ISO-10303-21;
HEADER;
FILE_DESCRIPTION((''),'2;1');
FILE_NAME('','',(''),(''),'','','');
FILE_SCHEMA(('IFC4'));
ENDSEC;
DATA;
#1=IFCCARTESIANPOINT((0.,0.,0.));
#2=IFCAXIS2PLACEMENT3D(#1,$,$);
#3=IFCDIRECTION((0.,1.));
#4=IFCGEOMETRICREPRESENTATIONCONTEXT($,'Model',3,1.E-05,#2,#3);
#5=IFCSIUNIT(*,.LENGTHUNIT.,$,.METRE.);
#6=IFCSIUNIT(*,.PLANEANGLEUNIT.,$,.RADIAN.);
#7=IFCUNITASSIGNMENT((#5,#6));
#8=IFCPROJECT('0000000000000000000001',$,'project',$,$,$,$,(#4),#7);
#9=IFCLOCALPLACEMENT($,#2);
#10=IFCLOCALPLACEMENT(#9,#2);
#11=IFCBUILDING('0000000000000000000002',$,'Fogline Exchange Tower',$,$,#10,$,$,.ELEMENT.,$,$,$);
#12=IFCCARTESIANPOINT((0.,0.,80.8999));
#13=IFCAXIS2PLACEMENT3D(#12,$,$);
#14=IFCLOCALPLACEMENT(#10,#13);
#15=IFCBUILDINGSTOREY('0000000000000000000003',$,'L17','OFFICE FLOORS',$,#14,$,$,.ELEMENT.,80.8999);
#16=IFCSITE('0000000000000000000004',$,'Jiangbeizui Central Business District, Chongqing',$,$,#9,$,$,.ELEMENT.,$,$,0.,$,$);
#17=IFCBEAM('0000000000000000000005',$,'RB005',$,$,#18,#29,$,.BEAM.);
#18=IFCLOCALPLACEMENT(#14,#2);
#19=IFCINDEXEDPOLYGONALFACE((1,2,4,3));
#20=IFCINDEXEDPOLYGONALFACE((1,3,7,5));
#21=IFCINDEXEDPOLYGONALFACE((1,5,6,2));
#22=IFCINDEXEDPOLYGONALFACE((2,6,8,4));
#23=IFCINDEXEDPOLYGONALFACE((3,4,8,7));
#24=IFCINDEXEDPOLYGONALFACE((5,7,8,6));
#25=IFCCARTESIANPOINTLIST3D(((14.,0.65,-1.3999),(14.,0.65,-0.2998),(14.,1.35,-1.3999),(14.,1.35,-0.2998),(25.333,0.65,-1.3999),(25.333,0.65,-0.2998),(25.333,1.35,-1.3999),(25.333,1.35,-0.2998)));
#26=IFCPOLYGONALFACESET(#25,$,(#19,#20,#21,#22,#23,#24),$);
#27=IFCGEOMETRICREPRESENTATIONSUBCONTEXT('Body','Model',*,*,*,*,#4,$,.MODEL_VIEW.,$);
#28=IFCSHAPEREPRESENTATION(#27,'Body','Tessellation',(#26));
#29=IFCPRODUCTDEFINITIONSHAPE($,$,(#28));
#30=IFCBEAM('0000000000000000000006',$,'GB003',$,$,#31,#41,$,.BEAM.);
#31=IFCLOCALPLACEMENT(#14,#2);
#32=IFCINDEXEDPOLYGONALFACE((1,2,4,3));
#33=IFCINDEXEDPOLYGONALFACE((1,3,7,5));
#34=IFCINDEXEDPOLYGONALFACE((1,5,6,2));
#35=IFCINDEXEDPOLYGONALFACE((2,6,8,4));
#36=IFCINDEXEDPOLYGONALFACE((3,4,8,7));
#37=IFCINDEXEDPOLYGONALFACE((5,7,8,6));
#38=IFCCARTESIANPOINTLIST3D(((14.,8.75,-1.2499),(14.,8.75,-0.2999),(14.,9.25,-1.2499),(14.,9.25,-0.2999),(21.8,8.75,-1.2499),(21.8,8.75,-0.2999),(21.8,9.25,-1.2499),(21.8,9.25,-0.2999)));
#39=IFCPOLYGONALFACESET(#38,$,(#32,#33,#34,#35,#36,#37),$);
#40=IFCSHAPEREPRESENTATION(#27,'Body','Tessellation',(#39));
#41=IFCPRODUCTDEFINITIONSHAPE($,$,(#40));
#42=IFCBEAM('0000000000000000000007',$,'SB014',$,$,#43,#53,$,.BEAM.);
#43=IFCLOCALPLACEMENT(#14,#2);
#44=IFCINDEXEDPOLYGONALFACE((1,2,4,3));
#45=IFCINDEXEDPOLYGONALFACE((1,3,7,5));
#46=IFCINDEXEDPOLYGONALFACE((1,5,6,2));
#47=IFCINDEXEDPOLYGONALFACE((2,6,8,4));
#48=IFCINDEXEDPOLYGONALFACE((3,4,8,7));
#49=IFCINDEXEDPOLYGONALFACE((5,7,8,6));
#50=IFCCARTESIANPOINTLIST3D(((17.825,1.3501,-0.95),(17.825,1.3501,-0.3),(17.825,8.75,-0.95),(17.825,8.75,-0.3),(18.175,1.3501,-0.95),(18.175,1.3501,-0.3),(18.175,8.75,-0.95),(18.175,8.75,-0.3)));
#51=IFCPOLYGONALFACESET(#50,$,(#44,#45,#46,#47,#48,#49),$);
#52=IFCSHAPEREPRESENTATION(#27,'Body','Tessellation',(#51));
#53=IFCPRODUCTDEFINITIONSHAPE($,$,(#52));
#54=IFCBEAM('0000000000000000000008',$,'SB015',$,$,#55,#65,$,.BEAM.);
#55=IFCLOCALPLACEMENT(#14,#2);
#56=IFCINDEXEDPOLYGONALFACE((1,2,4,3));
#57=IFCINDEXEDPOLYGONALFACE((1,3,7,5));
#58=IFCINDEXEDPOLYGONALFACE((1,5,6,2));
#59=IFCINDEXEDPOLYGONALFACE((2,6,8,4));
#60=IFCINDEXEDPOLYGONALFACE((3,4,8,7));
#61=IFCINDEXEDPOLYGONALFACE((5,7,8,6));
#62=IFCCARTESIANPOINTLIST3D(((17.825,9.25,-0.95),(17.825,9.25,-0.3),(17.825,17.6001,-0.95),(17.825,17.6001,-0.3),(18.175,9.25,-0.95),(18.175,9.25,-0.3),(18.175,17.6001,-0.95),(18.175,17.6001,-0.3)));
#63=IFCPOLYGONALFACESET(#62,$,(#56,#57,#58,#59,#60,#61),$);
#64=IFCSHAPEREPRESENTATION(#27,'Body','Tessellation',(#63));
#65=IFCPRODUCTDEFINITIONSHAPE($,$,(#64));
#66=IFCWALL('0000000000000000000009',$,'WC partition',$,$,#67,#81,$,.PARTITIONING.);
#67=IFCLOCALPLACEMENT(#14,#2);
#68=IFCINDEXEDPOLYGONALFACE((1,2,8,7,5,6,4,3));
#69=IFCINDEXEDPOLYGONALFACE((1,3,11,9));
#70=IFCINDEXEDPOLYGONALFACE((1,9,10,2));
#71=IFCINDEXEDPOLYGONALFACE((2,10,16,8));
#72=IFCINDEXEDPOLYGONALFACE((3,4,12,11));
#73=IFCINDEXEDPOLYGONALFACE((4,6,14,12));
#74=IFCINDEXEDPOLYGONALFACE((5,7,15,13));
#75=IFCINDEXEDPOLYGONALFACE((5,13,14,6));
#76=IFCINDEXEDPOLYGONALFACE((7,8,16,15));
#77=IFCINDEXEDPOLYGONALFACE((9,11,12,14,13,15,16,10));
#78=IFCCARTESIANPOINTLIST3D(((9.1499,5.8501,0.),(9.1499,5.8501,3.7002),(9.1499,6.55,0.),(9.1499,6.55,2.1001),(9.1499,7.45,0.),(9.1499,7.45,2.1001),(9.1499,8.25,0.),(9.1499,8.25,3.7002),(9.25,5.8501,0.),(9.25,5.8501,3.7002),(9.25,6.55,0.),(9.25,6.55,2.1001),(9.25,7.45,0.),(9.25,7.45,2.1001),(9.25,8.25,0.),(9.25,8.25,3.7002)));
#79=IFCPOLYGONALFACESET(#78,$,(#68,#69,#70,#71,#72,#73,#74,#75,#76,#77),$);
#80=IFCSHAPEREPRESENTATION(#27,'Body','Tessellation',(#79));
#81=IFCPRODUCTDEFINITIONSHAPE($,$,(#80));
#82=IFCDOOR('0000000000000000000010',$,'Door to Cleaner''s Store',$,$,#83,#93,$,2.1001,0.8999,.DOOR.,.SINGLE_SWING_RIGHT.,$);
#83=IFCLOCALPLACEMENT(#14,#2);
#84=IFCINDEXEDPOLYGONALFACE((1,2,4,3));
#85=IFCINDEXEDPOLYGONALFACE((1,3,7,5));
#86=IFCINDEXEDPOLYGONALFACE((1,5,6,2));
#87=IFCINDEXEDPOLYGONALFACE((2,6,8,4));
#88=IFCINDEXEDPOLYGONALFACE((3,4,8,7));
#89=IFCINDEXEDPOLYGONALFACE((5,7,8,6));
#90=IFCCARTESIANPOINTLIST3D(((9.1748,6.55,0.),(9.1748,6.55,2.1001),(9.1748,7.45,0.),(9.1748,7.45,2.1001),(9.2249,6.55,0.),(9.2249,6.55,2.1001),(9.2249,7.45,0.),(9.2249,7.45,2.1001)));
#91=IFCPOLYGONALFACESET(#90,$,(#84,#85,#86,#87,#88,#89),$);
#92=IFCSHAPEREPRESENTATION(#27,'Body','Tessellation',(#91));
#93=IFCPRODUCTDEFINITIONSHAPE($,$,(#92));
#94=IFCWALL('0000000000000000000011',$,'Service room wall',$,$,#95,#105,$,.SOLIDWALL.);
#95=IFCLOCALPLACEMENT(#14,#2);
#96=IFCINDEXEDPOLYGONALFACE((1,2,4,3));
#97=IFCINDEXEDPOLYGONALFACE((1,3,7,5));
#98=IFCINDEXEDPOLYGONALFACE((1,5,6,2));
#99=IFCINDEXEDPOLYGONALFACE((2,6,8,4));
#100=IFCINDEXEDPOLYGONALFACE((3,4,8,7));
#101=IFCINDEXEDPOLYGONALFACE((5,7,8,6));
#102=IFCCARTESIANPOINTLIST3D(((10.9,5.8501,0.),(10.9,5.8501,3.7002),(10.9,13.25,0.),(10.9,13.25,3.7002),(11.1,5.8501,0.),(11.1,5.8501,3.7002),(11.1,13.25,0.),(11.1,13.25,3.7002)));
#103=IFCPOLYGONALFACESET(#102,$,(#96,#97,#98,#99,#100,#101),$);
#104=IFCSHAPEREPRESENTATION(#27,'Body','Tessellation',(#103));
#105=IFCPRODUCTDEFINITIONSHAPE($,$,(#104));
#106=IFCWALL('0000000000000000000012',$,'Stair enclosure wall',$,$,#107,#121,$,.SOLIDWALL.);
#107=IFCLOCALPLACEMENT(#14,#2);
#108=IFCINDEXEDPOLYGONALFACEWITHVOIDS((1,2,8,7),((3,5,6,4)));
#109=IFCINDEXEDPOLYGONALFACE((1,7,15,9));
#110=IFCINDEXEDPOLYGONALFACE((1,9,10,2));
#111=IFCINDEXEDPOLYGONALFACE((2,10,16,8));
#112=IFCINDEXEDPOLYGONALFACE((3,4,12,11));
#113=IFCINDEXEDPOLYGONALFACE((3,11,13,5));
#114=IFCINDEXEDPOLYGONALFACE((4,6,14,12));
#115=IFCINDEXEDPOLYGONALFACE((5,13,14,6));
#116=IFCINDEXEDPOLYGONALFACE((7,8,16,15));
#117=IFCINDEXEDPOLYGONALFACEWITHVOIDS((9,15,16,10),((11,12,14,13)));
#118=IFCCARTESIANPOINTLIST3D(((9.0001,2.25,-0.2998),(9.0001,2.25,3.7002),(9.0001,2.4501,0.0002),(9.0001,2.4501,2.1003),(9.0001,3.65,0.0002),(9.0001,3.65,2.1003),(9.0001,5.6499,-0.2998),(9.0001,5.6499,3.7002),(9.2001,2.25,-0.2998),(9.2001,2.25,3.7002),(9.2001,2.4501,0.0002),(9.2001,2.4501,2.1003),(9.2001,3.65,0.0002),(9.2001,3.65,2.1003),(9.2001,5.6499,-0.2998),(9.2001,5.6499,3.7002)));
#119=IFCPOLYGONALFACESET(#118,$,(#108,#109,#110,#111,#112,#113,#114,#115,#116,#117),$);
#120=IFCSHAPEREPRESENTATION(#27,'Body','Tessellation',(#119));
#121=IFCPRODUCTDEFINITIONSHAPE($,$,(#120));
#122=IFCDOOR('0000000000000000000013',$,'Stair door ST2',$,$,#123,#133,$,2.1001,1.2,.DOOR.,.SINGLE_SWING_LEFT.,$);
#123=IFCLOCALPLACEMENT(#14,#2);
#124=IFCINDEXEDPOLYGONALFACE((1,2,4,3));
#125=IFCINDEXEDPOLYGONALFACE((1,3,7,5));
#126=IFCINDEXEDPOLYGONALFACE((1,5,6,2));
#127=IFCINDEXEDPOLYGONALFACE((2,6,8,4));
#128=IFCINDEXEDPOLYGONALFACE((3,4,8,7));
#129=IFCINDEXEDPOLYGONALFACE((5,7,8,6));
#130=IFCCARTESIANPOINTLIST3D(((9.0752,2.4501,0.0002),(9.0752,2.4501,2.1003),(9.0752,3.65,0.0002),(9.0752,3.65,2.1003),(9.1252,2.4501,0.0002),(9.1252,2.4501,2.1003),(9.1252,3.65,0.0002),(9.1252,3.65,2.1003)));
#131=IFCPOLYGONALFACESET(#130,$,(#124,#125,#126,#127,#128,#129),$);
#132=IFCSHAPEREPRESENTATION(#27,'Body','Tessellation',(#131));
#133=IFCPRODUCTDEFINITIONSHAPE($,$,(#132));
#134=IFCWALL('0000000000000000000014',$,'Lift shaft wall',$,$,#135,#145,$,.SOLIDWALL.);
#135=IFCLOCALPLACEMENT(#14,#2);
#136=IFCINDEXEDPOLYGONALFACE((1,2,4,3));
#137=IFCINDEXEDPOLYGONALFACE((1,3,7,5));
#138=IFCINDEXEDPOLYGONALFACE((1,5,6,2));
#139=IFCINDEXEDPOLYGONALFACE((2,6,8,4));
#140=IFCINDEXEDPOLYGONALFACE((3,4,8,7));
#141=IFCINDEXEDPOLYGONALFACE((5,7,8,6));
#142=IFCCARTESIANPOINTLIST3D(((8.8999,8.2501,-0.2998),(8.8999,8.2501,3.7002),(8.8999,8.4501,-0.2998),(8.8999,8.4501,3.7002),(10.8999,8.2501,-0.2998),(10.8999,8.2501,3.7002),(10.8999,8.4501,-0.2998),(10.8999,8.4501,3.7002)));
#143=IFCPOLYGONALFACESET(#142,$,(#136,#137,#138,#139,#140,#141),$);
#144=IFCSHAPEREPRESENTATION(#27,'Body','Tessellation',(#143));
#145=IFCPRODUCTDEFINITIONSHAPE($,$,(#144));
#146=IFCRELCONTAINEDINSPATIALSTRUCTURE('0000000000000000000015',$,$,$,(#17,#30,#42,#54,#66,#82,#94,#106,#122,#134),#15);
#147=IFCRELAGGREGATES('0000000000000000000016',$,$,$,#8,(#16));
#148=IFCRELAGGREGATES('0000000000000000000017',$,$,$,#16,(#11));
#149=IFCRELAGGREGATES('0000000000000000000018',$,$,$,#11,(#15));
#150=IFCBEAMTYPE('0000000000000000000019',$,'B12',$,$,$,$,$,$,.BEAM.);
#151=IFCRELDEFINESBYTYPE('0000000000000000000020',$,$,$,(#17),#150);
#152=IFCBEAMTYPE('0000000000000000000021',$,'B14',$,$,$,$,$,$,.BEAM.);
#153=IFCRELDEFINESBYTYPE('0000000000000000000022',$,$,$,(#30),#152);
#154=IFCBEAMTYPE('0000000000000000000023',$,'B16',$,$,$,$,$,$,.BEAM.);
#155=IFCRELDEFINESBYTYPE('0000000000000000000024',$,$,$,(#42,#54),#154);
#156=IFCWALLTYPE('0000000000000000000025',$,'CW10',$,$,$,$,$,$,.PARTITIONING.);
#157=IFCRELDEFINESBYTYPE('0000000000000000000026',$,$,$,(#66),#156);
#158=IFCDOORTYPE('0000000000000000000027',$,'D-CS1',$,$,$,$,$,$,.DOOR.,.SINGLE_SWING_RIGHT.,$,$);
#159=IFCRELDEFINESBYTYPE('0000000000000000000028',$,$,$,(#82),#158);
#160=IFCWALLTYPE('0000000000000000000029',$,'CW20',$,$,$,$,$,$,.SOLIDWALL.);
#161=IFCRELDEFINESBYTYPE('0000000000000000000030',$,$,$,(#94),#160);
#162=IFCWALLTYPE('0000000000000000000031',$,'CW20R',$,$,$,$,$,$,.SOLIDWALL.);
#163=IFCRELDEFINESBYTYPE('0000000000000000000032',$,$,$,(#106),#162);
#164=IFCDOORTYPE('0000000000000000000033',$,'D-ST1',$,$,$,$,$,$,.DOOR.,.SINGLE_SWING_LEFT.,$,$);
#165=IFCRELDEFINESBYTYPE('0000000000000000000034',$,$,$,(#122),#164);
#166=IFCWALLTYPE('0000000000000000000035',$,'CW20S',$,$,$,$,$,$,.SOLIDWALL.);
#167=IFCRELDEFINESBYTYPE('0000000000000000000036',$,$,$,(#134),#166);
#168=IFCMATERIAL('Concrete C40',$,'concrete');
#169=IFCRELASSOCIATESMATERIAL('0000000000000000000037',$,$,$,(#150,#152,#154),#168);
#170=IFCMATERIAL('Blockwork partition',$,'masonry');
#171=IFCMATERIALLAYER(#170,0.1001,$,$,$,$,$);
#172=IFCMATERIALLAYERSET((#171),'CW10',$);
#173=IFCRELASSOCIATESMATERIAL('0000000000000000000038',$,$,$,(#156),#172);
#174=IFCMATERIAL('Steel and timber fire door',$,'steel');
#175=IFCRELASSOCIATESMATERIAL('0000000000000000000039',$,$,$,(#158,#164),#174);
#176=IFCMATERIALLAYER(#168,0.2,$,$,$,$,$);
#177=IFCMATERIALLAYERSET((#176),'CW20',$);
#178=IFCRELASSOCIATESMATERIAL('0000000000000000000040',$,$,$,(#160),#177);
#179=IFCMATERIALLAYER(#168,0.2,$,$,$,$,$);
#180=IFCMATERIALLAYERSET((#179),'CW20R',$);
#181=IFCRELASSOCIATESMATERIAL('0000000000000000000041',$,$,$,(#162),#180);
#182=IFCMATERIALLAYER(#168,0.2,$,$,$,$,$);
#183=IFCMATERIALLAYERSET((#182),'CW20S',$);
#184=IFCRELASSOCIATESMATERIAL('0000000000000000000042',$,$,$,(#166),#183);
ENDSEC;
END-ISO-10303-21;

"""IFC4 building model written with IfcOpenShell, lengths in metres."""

from ifc_helpers import new_model, si_unit, direction, frame, frame_2d, origin, origin_2d, place, context, subcontext, project, spatial, rectangle, extrude, material, layer, layer_set, material_profile, profile_set, type_object, element, fill, save


model = new_model("IFC4")

# Units and contexts
model_context = context("Model", 3, precision=1e-05, world=origin(), true_north=direction((0.0, 1.0)))
body_context = subcontext(model_context, "Body", "Model", "MODEL_VIEW")
ifc_project = project(units=[si_unit("LENGTHUNIT", "METRE"), si_unit("PLANEANGLEUNIT", "RADIAN")], contexts=[model_context])

# Site, building, storey
site_placement = place(None, origin())
site = spatial("IfcSite", under=ifc_project, at=site_placement, Name="Jiangbeizui Central Business District, Chongqing", CompositionType="ELEMENT", RefElevation=0.0)
building_placement = place(site_placement, origin())
building = spatial("IfcBuilding", under=site, at=building_placement, Name="Fogline Exchange Tower", CompositionType="ELEMENT")
storey_placement = place(building_placement, frame((0.0, 0.0, 80.8999)))
storey = spatial("IfcBuildingStorey", under=building, at=storey_placement, Name="L17", Description="OFFICE FLOORS", CompositionType="ELEMENT", Elevation=80.8999)

# Beams
ifc_material_1 = material(Name="Concrete C40", Category="concrete")
ifc_material_profile_1 = material_profile(ifc_material_1, rectangle(XDim=0.7, YDim=1.1001, at=origin_2d()), Name="RC 700x1100")
ifc_profile_set_1 = profile_set([ifc_material_profile_1], Name="Concrete C40")
beam_type_1 = type_object("IfcBeamType", Name="B12", PredefinedType="BEAM", material=ifc_profile_set_1)
beam_1_placement = place(storey_placement, frame((14.0, 1.0, -0.8499), z_axis=(1.0, 0.0, 0.0), x_axis=(0.0, 1.0, 0.0)))
element("IfcBeam", 1, at=beam_1_placement, inside=storey, type_object=beam_type_1, Name="RB005", PredefinedType="BEAM", context=body_context, shape_type="SweptSolid", body=[
    extrude(rectangle(XDim=0.7, YDim=1.1001, at=origin_2d()), origin(), (0.0, 0.0, 1.0), 11.333),
])
ifc_material_profile_2 = material_profile(ifc_material_1, rectangle(XDim=0.5, YDim=0.95, at=origin_2d()), Name="RC 500x950")
ifc_profile_set_2 = profile_set([ifc_material_profile_2], Name="Concrete C40")
beam_type_2 = type_object("IfcBeamType", Name="B14", PredefinedType="BEAM", material=ifc_profile_set_2)
beam_2_placement = place(storey_placement, frame((14.0, 9.0, -0.7749), z_axis=(1.0, 0.0, 0.0), x_axis=(0.0, 1.0, 0.0)))
element("IfcBeam", 2, at=beam_2_placement, inside=storey, type_object=beam_type_2, Name="GB003", PredefinedType="BEAM", context=body_context, shape_type="SweptSolid", body=[
    extrude(rectangle(XDim=0.5, YDim=0.95, at=origin_2d()), origin(), (0.0, 0.0, 1.0), 7.8),
])
ifc_material_profile_3 = material_profile(ifc_material_1, rectangle(XDim=0.3501, YDim=0.6499, at=origin_2d()), Name="RC 350x650")
ifc_profile_set_3 = profile_set([ifc_material_profile_3], Name="Concrete C40")
beam_type_3 = type_object("IfcBeamType", Name="B16", PredefinedType="BEAM", material=ifc_profile_set_3)
beam_3_placement = place(storey_placement, frame((18.0, 1.3501, -0.625), z_axis=(0.0, 1.0, 0.0), x_axis=(-1.0, 0.0, 0.0)))
element("IfcBeam", 3, at=beam_3_placement, inside=storey, type_object=beam_type_3, Name="SB014", PredefinedType="BEAM", context=body_context, shape_type="SweptSolid", body=[
    extrude(rectangle(XDim=0.3501, YDim=0.6499, at=origin_2d()), origin(), (0.0, 0.0, 1.0), 7.3999),
])
beam_4_placement = place(storey_placement, frame((18.0, 9.25, -0.625), z_axis=(0.0, 1.0, 0.0), x_axis=(-1.0, 0.0, 0.0)))
element("IfcBeam", 4, at=beam_4_placement, inside=storey, type_object=beam_type_3, Name="SB015", PredefinedType="BEAM", context=body_context, shape_type="SweptSolid", body=[
    extrude(rectangle(XDim=0.3501, YDim=0.6499, at=origin_2d()), origin(), (0.0, 0.0, 1.0), 8.3501),
])

# Wall, opening, door
ifc_material_2 = material(Name="Blockwork partition", Category="masonry")
ifc_layer_1 = layer(ifc_material_2, 0.1001)
ifc_layer_set_1 = layer_set([ifc_layer_1], Name="CW10")
wall_type_1 = type_object("IfcWallType", Name="CW10", PredefinedType="PARTITIONING", material=ifc_layer_set_1)
wall_1_placement = place(storey_placement, frame((9.2, 5.8501, 0.0), z_axis=(0.0, 0.0, 1.0), x_axis=(0.0, 1.0, 0.0)))
wall_1 = element("IfcWall", 5, at=wall_1_placement, inside=storey, type_object=wall_type_1, Name="WC partition", PredefinedType="PARTITIONING", context=body_context, shape_type="SweptSolid", body=[
    extrude(rectangle(XDim=2.3999, YDim=0.1001, at=frame_2d((1.2, 0.0))), origin(), (0.0, 0.0, 1.0), 3.7002),
])
opening_1_placement = place(wall_1_placement, frame((0.7, 0.0, 0.0)))
opening_1 = element("IfcOpeningElement", 6, at=opening_1_placement, cuts=wall_1, PredefinedType="OPENING", context=body_context, shape_type="SweptSolid", body=[
    extrude(rectangle(XDim=0.8999, YDim=2.1001, at=frame_2d((0.45, 1.05))), frame((0.0, 0.0601, 0.0), z_axis=(0.0, -1.0, 0.0), x_axis=(1.0, 0.0, 0.0)), (0.0, 0.0, 1.0), 0.1201),
])
ifc_material_3 = material(Name="Steel and timber fire door", Category="steel")
door_type_1 = type_object("IfcDoorType", Name="D-CS1", OperationType="SINGLE_SWING_RIGHT", PredefinedType="DOOR", material=ifc_material_3)
door_1_placement = place(opening_1_placement, frame((0.8999, 0.0, 0.0), z_axis=(0.0, 0.0, 1.0), x_axis=(-1.0, 0.0, 0.0)))
door_1 = element("IfcDoor", 7, at=door_1_placement, inside=storey, type_object=door_type_1, Name="Door to Cleaner's Store", OperationType="SINGLE_SWING_RIGHT", OverallHeight=2.1001, OverallWidth=0.8999, PredefinedType="DOOR", context=body_context, shape_type="SweptSolid", body=[
    extrude(rectangle(XDim=0.8999, YDim=2.1001, at=frame_2d((0.45, 1.05))), frame((0.0, 0.0249, 0.0), z_axis=(0.0, -1.0, 0.0), x_axis=(1.0, 0.0, 0.0)), (0.0, 0.0, 1.0), 0.05),
])
fill(opening_1, door_1)

# Wall
ifc_layer_2 = layer(ifc_material_1, 0.2)
ifc_layer_set_2 = layer_set([ifc_layer_2], Name="CW20")
wall_type_2 = type_object("IfcWallType", Name="CW20", PredefinedType="SOLIDWALL", material=ifc_layer_set_2)
wall_2_placement = place(storey_placement, frame((11.0, 5.8501, 0.0), z_axis=(0.0, 0.0, 1.0), x_axis=(0.0, 1.0, 0.0)))
element("IfcWall", 8, at=wall_2_placement, inside=storey, type_object=wall_type_2, Name="Service room wall", PredefinedType="SOLIDWALL", context=body_context, shape_type="SweptSolid", body=[
    extrude(rectangle(XDim=7.3999, YDim=0.2, at=frame_2d((3.7, 0.0))), origin(), (0.0, 0.0, 1.0), 3.7002),
])

# Wall, opening, door
ifc_layer_3 = layer(ifc_material_1, 0.2)
ifc_layer_set_3 = layer_set([ifc_layer_3], Name="CW20R")
wall_type_3 = type_object("IfcWallType", Name="CW20R", PredefinedType="SOLIDWALL", material=ifc_layer_set_3)
wall_3_placement = place(storey_placement, frame((9.1001, 2.25, -0.2998), z_axis=(0.0, 0.0, 1.0), x_axis=(0.0, 1.0, 0.0)))
wall_3 = element("IfcWall", 9, at=wall_3_placement, inside=storey, type_object=wall_type_3, Name="Stair enclosure wall", PredefinedType="SOLIDWALL", context=body_context, shape_type="SweptSolid", body=[
    extrude(rectangle(XDim=3.3999, YDim=0.2, at=frame_2d((1.7, 0.0))), origin(), (0.0, 0.0, 1.0), 4.0),
])
opening_2_placement = place(wall_3_placement, frame((0.2, 0.0, 0.3)))
opening_2 = element("IfcOpeningElement", 10, at=opening_2_placement, cuts=wall_3, PredefinedType="OPENING", context=body_context, shape_type="SweptSolid", body=[
    extrude(rectangle(XDim=1.2, YDim=2.1001, at=frame_2d((0.6001, 1.05))), frame((0.0, 0.1099, 0.0), z_axis=(0.0, -1.0, 0.0), x_axis=(1.0, 0.0, 0.0)), (0.0, 0.0, 1.0), 0.22),
])
door_type_2 = type_object("IfcDoorType", Name="D-ST1", OperationType="SINGLE_SWING_LEFT", PredefinedType="DOOR", material=ifc_material_3)
door_2_placement = place(opening_2_placement, origin())
door_2 = element("IfcDoor", 11, at=door_2_placement, inside=storey, type_object=door_type_2, Name="Stair door ST2", OperationType="SINGLE_SWING_LEFT", OverallHeight=2.1001, OverallWidth=1.2, PredefinedType="DOOR", context=body_context, shape_type="SweptSolid", body=[
    extrude(rectangle(XDim=1.2, YDim=2.1001, at=frame_2d((0.6001, 1.05))), frame((0.0, 0.0249, 0.0), z_axis=(0.0, -1.0, 0.0), x_axis=(1.0, 0.0, 0.0)), (0.0, 0.0, 1.0), 0.05),
])
fill(opening_2, door_2)

# Wall
ifc_layer_4 = layer(ifc_material_1, 0.2)
ifc_layer_set_4 = layer_set([ifc_layer_4], Name="CW20S")
wall_type_4 = type_object("IfcWallType", Name="CW20S", PredefinedType="SOLIDWALL", material=ifc_layer_set_4)
wall_4_placement = place(storey_placement, frame((8.8999, 8.3501, -0.2998), z_axis=(0.0, 0.0, 1.0), x_axis=(1.0, 0.0, 0.0)))
element("IfcWall", 12, at=wall_4_placement, inside=storey, type_object=wall_type_4, Name="Lift shaft wall", PredefinedType="SOLIDWALL", context=body_context, shape_type="SweptSolid", body=[
    extrude(rectangle(XDim=2.0, YDim=0.2, at=frame_2d((1.0, 0.0))), origin(), (0.0, 0.0, 1.0), 4.0),
])

save(model, "model.ifc")
